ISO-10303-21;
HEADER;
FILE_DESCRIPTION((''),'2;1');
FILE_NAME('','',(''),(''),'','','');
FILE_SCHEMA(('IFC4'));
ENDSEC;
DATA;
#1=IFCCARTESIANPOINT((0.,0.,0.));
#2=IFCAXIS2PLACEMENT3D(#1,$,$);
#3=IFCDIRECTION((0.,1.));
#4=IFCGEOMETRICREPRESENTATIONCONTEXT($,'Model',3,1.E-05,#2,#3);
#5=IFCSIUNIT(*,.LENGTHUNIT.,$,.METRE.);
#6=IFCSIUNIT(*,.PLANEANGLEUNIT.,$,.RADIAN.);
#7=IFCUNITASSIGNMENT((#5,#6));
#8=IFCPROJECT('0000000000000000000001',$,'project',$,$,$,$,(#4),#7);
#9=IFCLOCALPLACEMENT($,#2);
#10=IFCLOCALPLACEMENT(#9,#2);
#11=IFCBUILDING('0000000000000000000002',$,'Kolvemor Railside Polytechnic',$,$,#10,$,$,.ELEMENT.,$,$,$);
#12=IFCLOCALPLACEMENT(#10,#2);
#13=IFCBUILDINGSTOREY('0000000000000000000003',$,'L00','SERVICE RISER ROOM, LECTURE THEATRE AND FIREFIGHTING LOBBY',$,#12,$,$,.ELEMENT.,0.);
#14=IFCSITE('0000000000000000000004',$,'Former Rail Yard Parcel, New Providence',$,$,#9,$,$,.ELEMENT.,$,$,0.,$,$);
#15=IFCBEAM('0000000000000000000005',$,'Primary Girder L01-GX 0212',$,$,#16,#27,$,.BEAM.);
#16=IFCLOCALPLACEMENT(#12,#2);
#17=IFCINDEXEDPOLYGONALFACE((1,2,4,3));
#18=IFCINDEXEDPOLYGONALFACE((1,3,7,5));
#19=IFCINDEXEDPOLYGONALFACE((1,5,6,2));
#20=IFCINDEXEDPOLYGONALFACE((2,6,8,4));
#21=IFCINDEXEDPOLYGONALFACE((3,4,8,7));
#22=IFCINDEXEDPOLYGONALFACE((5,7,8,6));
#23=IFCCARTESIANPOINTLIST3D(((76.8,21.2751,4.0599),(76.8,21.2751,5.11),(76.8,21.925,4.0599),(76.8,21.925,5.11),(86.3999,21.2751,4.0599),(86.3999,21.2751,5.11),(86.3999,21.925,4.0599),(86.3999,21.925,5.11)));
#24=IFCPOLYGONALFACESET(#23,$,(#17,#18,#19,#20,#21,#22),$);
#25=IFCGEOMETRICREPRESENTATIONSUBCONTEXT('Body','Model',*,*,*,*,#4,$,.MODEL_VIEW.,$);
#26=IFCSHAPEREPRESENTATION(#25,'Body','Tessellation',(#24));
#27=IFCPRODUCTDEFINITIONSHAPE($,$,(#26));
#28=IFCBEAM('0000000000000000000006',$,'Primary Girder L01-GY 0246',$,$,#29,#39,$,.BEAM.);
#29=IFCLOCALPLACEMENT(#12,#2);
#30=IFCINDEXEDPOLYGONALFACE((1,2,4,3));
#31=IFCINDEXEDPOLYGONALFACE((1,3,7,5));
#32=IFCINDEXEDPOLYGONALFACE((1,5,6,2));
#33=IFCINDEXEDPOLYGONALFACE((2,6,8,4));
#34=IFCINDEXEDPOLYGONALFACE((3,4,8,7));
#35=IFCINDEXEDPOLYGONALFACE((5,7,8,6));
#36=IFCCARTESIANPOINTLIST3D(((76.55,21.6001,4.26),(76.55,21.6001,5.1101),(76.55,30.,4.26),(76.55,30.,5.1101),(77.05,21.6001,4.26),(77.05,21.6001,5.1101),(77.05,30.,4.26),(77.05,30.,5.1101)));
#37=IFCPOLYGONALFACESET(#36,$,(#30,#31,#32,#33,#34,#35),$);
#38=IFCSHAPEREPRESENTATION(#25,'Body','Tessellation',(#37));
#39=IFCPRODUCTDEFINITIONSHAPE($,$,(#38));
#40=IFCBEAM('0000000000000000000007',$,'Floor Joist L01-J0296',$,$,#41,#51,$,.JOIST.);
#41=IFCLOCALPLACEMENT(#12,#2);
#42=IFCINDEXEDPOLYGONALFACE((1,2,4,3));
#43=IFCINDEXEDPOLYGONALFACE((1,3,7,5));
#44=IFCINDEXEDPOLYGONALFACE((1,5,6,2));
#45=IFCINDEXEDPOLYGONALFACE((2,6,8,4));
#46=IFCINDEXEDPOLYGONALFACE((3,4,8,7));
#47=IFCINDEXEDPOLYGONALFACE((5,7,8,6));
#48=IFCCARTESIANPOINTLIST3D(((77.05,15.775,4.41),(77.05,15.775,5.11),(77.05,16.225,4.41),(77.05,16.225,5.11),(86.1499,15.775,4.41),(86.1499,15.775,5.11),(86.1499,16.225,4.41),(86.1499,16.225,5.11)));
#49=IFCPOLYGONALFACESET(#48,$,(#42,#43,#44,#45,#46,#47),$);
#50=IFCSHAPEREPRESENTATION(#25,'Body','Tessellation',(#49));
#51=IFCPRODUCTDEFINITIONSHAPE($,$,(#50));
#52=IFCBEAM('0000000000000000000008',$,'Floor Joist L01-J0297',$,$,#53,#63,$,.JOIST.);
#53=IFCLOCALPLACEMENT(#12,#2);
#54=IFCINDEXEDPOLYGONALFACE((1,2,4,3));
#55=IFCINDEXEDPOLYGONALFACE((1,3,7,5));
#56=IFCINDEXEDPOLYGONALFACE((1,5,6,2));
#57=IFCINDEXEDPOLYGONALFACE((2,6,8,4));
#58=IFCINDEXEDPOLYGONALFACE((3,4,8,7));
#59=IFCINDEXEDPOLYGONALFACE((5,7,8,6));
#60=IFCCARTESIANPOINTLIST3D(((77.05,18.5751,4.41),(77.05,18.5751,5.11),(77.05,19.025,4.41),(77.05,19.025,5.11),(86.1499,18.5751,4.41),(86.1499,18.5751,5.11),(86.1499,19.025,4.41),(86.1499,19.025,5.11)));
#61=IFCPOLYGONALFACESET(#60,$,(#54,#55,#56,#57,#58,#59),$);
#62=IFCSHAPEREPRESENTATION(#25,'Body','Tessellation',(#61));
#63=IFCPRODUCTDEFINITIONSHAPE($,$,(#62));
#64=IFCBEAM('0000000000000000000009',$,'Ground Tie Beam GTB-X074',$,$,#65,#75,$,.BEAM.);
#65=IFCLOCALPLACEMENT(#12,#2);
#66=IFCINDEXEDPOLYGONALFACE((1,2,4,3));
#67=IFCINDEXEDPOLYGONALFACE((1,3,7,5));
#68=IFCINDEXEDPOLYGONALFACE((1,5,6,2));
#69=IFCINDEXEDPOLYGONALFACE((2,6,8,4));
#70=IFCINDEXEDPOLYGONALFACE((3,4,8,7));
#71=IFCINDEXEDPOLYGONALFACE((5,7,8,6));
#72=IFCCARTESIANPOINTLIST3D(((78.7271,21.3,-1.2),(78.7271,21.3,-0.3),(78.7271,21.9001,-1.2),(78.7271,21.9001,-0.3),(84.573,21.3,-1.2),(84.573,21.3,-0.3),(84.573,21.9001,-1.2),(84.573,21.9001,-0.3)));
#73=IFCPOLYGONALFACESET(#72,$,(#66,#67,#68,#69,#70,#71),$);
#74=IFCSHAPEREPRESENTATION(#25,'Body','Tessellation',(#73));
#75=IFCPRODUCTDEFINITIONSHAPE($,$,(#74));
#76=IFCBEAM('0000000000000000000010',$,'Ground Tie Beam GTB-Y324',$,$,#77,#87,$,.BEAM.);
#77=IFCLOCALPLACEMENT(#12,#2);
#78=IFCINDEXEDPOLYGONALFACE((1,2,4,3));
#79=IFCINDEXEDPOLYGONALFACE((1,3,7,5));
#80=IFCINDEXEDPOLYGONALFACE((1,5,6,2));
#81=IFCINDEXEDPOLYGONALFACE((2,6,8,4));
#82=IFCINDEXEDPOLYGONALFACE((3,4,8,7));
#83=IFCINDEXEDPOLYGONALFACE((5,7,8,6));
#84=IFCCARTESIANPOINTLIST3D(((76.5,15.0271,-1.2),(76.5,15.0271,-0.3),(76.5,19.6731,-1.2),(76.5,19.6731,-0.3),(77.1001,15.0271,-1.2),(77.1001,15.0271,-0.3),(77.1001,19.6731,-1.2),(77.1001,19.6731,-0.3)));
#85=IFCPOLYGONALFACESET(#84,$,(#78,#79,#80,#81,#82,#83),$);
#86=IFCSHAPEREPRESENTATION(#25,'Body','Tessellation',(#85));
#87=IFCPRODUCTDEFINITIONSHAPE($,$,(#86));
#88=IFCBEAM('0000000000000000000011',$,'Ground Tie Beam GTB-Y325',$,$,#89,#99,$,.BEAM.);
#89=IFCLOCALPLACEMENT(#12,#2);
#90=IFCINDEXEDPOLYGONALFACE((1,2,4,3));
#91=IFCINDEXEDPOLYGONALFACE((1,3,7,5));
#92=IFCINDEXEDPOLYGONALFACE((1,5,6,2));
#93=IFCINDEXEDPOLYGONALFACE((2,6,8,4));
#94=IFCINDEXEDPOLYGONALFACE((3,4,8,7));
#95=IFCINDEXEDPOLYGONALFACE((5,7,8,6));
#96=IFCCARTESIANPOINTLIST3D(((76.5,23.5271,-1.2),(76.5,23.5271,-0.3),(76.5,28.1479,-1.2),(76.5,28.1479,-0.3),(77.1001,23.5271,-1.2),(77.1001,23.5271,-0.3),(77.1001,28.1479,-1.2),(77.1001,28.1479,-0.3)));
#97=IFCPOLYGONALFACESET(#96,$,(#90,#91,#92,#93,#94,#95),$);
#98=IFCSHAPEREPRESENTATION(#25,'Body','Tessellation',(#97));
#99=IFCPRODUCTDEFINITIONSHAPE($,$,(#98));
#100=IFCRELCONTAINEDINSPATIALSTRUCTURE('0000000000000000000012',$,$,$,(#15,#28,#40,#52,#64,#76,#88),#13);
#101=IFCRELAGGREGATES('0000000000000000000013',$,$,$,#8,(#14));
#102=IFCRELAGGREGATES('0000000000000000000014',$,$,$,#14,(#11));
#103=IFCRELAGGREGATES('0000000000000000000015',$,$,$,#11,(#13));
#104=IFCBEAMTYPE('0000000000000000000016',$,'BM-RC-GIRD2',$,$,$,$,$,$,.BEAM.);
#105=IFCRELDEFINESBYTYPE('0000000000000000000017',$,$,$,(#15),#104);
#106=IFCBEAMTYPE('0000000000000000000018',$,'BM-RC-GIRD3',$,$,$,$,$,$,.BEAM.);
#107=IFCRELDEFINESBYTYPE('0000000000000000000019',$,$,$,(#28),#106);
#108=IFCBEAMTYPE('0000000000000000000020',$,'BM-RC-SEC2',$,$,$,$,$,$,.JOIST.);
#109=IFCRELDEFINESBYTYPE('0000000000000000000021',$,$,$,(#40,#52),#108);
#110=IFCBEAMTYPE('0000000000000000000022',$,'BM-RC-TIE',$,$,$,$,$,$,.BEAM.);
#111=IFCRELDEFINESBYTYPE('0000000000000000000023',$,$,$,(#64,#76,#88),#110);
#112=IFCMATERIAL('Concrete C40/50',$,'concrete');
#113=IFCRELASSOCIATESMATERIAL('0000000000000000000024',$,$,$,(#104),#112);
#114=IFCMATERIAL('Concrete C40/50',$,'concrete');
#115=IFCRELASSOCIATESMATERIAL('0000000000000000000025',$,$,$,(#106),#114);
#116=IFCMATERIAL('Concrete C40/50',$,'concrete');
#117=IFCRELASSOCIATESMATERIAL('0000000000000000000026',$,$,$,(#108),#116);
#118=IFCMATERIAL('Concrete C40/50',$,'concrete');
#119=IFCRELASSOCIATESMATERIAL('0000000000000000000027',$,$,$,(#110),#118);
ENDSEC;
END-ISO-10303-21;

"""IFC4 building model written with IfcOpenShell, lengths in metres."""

from ifc_helpers import new_model, si_unit, direction, frame, origin, origin_2d, place, context, subcontext, project, spatial, rectangle, extrude, material, material_profile, profile_set, type_object, element, save


model = new_model("IFC4")

# Units and contexts
model_context = context("Model", 3, precision=1e-05, world=origin(), true_north=direction((0.0, 1.0)))
body_context = subcontext(model_context, "Body", "Model", "MODEL_VIEW")
ifc_project = project(units=[si_unit("LENGTHUNIT", "METRE"), si_unit("PLANEANGLEUNIT", "RADIAN")], contexts=[model_context])

# Site, building, storey
site_placement = place(None, origin())
site = spatial("IfcSite", under=ifc_project, at=site_placement, Name="Former Rail Yard Parcel, New Providence", CompositionType="ELEMENT", RefElevation=0.0)
building_placement = place(site_placement, origin())
building = spatial("IfcBuilding", under=site, at=building_placement, Name="Kolvemor Railside Polytechnic", CompositionType="ELEMENT")
storey_placement = place(building_placement, origin())
storey = spatial("IfcBuildingStorey", under=building, at=storey_placement, Name="L00", Description="SERVICE RISER ROOM, LECTURE THEATRE AND FIREFIGHTING LOBBY", CompositionType="ELEMENT", Elevation=0.0)

# Beams
ifc_material_1 = material(Name="Concrete C40/50", Category="concrete")
ifc_material_profile_1 = material_profile(ifc_material_1, rectangle(XDim=0.6499, YDim=1.05, at=origin_2d()), Name="RC650x1050")
ifc_profile_set_1 = profile_set([ifc_material_profile_1], Name="Concrete C40/50")
beam_type_1 = type_object("IfcBeamType", Name="BM-RC-GIRD2", PredefinedType="BEAM", material=ifc_profile_set_1)
beam_1_placement = place(storey_placement, frame((76.8, 21.6001, 4.585), z_axis=(1.0, 0.0, 0.0), x_axis=(0.0, 1.0, 0.0)))
element("IfcBeam", 1, at=beam_1_placement, inside=storey, type_object=beam_type_1, Name="Primary Girder L01-GX 0212", PredefinedType="BEAM", context=body_context, shape_type="SweptSolid", body=[
    extrude(rectangle(XDim=0.6499, YDim=1.05, at=origin_2d()), origin(), (0.0, 0.0, 1.0), 9.5999),
])
ifc_material_2 = material(Name="Concrete C40/50", Category="concrete")
ifc_material_profile_2 = material_profile(ifc_material_2, rectangle(XDim=0.5, YDim=0.8501, at=origin_2d()), Name="RC500x850")
ifc_profile_set_2 = profile_set([ifc_material_profile_2], Name="Concrete C40/50")
beam_type_2 = type_object("IfcBeamType", Name="BM-RC-GIRD3", PredefinedType="BEAM", material=ifc_profile_set_2)
beam_2_placement = place(storey_placement, frame((76.8, 21.6001, 4.6851), z_axis=(0.0, 1.0, 0.0), x_axis=(-1.0, 0.0, 0.0)))
element("IfcBeam", 2, at=beam_2_placement, inside=storey, type_object=beam_type_2, Name="Primary Girder L01-GY 0246", PredefinedType="BEAM", context=body_context, shape_type="SweptSolid", body=[
    extrude(rectangle(XDim=0.5, YDim=0.8501, at=origin_2d()), origin(), (0.0, 0.0, 1.0), 8.3999),
])
ifc_material_3 = material(Name="Concrete C40/50", Category="concrete")
ifc_material_profile_3 = material_profile(ifc_material_3, rectangle(XDim=0.45, YDim=0.7, at=origin_2d()), Name="RC450x700")
ifc_profile_set_3 = profile_set([ifc_material_profile_3], Name="Concrete C40/50")
beam_type_3 = type_object("IfcBeamType", Name="BM-RC-SEC2", PredefinedType="JOIST", material=ifc_profile_set_3)
for number, where, z_axis, x_axis, name in (
    (3, (77.05, 16.0, 4.76), (1.0, 0.0, 0.0), (0.0, 1.0, 0.0), "Floor Joist L01-J0296"),
    (4, (77.05, 18.8, 4.76), (1.0, 0.0, 0.0), (0.0, 1.0, 0.0), "Floor Joist L01-J0297"),
):
    element("IfcBeam", number, at=place(storey_placement, frame(where, z_axis=z_axis, x_axis=x_axis)), inside=storey, type_object=beam_type_3, Name=name, PredefinedType="JOIST", context=body_context, shape_type="SweptSolid", body=[
        extrude(rectangle(XDim=0.45, YDim=0.7, at=origin_2d()), origin(), (0.0, 0.0, 1.0), 9.0999),
    ])
ifc_material_4 = material(Name="Concrete C40/50", Category="concrete")
ifc_material_profile_4 = material_profile(ifc_material_4, rectangle(XDim=0.6001, YDim=0.8999, at=origin_2d()), Name="RC600x900")
ifc_profile_set_4 = profile_set([ifc_material_profile_4], Name="Concrete C40/50")
beam_type_4 = type_object("IfcBeamType", Name="BM-RC-TIE", PredefinedType="BEAM", material=ifc_profile_set_4)
beam_3_placement = place(storey_placement, frame((78.7271, 21.6001, -0.75), z_axis=(1.0, 0.0, 0.0), x_axis=(0.0, 1.0, 0.0)))
element("IfcBeam", 5, at=beam_3_placement, inside=storey, type_object=beam_type_4, Name="Ground Tie Beam GTB-X074", PredefinedType="BEAM", context=body_context, shape_type="SweptSolid", body=[
    extrude(rectangle(XDim=0.6001, YDim=0.8999, at=origin_2d()), origin(), (0.0, 0.0, 1.0), 5.8459),
])
beam_4_placement = place(storey_placement, frame((76.8, 15.0271, -0.75), z_axis=(0.0, 1.0, 0.0), x_axis=(-1.0, 0.0, 0.0)))
element("IfcBeam", 6, at=beam_4_placement, inside=storey, type_object=beam_type_4, Name="Ground Tie Beam GTB-Y324", PredefinedType="BEAM", context=body_context, shape_type="SweptSolid", body=[
    extrude(rectangle(XDim=0.6001, YDim=0.8999, at=origin_2d()), origin(), (0.0, 0.0, 1.0), 4.646),
])
beam_5_placement = place(storey_placement, frame((76.8, 23.5271, -0.75), z_axis=(0.0, 1.0, 0.0), x_axis=(-1.0, 0.0, 0.0)))
element("IfcBeam", 7, at=beam_5_placement, inside=storey, type_object=beam_type_4, Name="Ground Tie Beam GTB-Y325", PredefinedType="BEAM", context=body_context, shape_type="SweptSolid", body=[
    extrude(rectangle(XDim=0.6001, YDim=0.8999, at=origin_2d()), origin(), (0.0, 0.0, 1.0), 4.6208),
])

save(model, "model.ifc")
